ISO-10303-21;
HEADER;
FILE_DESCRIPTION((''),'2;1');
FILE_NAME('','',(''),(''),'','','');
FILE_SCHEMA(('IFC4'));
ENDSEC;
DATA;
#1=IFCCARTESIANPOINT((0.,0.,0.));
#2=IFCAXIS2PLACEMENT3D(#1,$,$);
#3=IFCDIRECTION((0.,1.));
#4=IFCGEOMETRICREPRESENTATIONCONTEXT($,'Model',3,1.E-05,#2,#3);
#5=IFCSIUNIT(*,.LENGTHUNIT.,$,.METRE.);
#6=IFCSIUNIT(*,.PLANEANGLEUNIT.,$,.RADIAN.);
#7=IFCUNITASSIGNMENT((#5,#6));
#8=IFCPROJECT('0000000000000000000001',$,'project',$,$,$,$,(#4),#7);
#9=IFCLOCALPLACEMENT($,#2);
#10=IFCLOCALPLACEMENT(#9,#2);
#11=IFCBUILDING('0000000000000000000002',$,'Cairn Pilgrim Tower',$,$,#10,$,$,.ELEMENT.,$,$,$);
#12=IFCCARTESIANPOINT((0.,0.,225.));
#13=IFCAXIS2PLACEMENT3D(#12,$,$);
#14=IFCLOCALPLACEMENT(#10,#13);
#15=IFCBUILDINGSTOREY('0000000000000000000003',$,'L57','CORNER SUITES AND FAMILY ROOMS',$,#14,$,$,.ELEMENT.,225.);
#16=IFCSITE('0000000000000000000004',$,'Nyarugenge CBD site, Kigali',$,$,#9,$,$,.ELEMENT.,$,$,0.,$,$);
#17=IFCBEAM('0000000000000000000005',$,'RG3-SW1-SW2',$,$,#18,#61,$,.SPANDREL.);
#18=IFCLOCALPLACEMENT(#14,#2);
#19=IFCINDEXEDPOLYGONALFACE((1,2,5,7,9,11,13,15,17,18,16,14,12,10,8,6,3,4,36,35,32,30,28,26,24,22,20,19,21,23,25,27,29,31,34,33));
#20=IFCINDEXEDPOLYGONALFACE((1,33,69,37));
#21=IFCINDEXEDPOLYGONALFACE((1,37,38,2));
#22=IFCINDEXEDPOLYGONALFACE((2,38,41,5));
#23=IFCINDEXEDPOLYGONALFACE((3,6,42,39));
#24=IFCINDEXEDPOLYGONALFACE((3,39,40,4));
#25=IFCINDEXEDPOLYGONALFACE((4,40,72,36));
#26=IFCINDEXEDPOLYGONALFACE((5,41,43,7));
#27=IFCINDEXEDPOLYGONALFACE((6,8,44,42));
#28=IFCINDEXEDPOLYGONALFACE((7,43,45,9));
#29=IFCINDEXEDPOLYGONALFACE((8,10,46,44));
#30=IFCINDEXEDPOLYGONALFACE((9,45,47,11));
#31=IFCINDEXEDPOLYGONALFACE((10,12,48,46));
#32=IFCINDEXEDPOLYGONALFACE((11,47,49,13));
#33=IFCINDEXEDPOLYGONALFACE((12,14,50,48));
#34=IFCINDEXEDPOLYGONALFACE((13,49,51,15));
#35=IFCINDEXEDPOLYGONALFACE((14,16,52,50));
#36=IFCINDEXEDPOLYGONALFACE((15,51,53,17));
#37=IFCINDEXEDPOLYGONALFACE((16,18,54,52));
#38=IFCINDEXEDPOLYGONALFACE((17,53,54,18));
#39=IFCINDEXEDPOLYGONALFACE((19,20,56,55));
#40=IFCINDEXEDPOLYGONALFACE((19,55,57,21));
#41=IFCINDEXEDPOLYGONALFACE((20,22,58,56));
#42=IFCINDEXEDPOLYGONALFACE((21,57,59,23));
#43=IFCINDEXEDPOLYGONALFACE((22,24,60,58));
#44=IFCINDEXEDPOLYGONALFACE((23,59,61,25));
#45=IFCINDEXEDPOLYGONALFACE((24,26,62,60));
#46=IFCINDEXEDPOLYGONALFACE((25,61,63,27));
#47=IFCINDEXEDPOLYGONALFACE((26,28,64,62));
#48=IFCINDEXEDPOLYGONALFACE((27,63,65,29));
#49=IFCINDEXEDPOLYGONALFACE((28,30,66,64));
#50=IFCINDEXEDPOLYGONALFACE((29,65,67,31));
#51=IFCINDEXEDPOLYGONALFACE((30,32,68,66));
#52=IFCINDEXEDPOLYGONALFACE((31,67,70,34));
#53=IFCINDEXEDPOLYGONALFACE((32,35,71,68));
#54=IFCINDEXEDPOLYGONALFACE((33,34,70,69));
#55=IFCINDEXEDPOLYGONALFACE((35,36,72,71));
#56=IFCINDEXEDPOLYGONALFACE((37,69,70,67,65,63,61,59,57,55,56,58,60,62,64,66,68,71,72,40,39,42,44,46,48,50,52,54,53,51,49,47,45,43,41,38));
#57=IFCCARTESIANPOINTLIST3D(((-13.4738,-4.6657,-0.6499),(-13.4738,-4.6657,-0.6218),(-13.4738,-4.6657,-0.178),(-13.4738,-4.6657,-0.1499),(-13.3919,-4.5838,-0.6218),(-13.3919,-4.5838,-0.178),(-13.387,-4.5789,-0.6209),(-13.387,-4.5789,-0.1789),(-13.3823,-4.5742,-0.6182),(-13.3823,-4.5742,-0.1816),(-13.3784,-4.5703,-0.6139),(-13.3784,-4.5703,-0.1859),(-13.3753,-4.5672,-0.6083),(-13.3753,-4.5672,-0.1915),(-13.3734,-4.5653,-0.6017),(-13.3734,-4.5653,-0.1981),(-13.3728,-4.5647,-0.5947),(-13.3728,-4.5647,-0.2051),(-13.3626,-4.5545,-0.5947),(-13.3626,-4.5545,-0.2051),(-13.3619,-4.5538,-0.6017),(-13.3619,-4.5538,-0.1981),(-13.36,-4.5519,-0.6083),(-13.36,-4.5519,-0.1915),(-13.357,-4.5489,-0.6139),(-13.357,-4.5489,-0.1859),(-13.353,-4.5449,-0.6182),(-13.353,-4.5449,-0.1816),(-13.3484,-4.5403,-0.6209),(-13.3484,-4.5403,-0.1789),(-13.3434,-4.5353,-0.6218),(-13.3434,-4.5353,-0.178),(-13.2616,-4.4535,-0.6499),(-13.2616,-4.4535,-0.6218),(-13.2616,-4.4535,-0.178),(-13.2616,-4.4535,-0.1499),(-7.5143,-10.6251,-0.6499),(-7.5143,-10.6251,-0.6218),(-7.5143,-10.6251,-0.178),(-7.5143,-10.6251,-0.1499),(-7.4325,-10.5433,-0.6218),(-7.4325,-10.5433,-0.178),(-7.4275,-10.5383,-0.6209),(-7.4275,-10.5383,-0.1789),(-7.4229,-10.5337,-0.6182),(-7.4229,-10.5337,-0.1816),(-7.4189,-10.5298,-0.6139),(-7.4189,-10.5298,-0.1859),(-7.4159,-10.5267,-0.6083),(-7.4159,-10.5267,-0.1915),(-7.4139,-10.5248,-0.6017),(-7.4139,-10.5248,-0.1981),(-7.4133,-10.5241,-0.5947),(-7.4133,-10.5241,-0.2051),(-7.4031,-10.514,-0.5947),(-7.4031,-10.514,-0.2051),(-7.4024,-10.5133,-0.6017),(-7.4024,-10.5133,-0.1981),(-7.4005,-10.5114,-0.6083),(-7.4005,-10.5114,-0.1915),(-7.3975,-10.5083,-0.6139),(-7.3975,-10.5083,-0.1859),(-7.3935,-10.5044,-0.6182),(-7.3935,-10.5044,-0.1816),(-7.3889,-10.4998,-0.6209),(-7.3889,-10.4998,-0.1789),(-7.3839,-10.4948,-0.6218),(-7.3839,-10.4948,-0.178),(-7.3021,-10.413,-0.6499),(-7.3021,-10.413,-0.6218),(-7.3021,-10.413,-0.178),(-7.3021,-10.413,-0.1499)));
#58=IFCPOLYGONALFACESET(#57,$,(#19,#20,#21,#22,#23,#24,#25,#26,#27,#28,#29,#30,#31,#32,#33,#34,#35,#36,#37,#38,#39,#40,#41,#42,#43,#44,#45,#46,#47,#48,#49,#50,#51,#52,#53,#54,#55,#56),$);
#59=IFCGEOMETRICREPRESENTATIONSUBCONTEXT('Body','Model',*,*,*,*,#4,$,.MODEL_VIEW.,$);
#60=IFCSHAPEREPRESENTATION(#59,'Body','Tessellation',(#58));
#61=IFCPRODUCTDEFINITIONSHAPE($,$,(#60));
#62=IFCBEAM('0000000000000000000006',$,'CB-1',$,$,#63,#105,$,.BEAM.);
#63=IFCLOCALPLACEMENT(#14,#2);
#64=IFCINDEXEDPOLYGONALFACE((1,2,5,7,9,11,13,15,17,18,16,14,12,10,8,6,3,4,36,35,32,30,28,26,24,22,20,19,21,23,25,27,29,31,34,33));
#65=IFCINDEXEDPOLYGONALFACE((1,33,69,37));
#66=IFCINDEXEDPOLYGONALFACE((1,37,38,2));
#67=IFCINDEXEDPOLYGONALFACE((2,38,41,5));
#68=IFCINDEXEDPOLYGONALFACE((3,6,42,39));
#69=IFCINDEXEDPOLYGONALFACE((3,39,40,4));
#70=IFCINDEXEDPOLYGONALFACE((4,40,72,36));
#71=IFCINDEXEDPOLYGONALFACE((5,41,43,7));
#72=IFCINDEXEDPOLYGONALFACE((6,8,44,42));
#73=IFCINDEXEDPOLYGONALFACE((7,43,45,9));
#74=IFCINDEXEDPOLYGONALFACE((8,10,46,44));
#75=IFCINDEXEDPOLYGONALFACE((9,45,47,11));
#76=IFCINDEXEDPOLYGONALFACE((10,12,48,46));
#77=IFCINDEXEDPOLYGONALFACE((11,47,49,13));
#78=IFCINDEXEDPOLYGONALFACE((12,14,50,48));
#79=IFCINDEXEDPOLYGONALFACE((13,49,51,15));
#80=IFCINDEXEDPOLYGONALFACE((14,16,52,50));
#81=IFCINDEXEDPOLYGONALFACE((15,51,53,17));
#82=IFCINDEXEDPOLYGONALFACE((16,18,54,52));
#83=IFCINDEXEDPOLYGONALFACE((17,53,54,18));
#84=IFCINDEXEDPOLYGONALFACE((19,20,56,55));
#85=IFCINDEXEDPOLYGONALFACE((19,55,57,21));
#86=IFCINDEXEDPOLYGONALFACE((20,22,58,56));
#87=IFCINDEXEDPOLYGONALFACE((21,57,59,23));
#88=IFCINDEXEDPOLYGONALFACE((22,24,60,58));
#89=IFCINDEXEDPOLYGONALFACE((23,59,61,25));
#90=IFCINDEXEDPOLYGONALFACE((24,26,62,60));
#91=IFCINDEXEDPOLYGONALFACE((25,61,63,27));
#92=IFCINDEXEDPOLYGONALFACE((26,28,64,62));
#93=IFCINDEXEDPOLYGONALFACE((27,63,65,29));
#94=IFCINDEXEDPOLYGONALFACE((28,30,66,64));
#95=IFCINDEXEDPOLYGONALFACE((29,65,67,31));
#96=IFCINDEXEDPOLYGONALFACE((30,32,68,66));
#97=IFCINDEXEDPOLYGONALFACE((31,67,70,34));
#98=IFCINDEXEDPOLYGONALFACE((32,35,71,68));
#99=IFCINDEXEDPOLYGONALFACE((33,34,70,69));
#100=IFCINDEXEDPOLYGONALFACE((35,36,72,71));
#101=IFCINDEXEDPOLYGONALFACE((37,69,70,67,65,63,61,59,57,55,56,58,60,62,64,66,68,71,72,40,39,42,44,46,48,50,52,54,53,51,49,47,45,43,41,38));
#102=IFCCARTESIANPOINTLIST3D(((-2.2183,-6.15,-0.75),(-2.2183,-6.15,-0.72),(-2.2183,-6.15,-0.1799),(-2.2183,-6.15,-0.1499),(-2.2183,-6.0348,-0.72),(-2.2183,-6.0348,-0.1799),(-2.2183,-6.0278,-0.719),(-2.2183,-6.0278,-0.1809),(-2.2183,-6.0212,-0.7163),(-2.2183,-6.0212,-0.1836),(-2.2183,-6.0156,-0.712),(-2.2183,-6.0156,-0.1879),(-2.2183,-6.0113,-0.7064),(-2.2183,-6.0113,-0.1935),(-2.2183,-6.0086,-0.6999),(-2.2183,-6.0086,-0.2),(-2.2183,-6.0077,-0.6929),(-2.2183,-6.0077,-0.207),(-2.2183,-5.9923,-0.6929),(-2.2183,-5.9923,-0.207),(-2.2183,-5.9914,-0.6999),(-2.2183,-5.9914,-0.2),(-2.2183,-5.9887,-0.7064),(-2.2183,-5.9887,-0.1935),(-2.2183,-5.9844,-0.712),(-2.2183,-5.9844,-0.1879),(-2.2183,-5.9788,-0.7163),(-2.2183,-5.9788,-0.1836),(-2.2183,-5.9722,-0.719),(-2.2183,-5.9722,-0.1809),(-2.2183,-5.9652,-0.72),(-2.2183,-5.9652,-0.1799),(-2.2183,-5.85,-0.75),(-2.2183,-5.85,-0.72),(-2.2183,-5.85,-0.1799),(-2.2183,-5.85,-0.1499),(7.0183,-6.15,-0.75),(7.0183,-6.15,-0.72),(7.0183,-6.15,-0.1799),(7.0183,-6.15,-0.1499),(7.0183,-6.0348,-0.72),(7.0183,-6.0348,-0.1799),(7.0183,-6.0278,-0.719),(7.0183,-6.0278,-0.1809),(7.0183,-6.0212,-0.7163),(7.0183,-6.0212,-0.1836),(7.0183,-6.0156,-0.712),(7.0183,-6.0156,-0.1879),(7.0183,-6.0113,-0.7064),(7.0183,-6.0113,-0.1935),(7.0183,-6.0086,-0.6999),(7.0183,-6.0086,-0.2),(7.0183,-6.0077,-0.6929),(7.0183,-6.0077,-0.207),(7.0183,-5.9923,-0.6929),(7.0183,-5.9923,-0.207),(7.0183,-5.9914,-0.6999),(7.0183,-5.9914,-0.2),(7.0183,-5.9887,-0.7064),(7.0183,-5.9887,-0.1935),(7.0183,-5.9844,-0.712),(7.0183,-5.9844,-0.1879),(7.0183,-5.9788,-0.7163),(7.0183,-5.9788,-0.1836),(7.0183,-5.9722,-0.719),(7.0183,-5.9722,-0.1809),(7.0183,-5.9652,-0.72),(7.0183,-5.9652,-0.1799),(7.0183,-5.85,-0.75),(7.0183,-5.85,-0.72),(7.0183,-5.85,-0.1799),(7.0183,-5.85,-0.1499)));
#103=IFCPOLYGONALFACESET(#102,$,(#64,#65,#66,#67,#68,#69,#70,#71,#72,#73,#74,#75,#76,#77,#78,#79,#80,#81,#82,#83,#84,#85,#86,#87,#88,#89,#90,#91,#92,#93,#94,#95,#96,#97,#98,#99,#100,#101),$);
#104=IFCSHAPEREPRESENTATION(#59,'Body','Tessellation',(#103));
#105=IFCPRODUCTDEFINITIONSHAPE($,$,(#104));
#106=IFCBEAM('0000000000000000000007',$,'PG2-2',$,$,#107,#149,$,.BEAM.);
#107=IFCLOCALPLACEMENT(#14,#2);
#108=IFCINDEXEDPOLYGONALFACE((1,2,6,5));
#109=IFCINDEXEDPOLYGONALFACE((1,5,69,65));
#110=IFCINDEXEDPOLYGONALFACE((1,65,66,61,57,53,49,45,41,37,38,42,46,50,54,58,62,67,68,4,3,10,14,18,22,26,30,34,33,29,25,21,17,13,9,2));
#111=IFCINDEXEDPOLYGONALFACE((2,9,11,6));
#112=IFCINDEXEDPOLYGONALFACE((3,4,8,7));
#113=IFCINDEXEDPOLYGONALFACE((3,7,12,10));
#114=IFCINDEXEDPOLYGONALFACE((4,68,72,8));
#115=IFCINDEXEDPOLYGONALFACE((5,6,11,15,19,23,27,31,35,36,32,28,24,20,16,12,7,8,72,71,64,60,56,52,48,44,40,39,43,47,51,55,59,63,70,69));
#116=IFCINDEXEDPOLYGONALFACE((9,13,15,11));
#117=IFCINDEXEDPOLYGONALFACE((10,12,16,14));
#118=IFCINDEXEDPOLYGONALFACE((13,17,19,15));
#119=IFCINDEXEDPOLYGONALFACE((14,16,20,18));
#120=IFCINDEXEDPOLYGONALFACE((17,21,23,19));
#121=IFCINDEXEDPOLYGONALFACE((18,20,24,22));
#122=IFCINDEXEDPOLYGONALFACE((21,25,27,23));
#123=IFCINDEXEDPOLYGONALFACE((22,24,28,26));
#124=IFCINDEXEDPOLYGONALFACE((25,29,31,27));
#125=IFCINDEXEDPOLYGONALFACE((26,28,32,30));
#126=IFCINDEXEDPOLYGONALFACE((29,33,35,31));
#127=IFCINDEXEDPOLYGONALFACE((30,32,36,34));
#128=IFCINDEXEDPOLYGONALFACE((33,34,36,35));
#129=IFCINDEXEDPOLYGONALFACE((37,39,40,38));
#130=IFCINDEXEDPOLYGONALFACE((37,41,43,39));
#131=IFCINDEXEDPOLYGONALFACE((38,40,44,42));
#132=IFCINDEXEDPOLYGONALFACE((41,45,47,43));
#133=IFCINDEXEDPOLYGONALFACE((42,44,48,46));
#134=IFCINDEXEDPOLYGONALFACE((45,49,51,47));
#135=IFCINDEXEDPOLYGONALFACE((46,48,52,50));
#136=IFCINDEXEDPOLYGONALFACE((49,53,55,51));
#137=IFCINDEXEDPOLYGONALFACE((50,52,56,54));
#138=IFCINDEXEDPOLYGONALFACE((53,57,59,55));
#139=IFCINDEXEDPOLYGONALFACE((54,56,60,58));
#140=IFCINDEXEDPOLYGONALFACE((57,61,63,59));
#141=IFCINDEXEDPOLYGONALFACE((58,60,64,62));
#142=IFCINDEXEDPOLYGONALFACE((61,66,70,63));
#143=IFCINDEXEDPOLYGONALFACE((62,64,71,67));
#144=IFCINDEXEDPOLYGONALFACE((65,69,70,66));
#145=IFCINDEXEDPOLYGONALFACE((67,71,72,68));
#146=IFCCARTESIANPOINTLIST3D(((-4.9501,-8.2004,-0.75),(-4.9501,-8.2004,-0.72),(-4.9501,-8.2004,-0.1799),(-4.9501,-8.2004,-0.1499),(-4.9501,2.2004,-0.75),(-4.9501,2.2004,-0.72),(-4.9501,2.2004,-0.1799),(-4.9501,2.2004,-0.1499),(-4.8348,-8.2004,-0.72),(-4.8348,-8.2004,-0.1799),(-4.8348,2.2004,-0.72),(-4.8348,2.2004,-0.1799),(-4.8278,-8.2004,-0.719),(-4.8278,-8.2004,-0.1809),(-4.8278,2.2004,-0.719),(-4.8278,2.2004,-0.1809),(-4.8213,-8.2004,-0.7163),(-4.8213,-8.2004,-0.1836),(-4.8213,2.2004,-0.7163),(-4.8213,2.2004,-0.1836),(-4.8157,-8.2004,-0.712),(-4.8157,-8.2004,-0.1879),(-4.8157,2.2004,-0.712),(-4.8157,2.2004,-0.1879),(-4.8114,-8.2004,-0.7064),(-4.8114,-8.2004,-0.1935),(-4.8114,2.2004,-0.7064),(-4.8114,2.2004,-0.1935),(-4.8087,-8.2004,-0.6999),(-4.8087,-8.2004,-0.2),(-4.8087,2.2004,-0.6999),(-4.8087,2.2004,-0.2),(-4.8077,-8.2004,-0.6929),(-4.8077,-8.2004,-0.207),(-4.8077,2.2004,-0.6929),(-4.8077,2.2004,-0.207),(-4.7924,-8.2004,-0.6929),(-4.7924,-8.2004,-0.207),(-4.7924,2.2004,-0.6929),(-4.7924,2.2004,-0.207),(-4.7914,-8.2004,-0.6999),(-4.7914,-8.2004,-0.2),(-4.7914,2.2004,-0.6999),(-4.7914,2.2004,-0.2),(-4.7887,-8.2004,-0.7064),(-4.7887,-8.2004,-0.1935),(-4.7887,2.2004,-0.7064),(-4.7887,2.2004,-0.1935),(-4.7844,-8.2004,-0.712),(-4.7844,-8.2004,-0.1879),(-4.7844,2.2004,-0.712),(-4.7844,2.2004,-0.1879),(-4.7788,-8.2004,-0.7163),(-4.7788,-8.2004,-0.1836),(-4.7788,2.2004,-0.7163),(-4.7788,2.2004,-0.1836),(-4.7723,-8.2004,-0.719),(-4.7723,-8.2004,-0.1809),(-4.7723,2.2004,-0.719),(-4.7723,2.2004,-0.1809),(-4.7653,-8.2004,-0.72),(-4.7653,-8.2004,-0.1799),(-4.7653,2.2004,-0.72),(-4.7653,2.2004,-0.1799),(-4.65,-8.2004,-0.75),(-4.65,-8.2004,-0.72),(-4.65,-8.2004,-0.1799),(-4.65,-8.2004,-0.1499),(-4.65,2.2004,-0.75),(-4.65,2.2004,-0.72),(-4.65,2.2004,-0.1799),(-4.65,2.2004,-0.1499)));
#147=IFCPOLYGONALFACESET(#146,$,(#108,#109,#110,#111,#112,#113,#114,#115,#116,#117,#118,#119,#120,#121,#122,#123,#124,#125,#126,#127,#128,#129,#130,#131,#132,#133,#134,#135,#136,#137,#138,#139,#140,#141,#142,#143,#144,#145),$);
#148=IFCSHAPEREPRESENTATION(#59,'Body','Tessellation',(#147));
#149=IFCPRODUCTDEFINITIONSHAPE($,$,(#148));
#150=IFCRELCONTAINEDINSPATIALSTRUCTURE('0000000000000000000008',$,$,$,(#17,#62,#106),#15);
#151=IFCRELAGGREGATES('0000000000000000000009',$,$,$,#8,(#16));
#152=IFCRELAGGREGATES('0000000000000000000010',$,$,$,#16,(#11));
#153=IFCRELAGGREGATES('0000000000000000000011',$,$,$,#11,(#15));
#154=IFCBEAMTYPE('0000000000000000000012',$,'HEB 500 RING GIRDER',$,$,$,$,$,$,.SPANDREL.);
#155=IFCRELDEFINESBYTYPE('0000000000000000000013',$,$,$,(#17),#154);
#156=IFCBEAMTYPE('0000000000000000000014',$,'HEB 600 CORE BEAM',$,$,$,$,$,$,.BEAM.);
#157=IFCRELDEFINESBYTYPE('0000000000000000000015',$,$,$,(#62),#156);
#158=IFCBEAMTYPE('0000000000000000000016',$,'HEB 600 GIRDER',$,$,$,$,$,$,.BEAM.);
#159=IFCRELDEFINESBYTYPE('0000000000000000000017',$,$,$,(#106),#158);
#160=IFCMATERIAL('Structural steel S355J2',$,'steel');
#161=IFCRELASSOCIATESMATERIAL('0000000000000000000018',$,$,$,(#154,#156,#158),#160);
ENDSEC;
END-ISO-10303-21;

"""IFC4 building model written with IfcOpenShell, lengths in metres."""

from ifc_helpers import new_model, si_unit, direction, frame, origin, origin_2d, place, context, subcontext, project, spatial, i_section, extrude, material, material_profile, profile_set, type_object, element, save


model = new_model("IFC4")

# Units and contexts
model_context = context("Model", 3, precision=1e-05, world=origin(), true_north=direction((0.0, 1.0)))
body_context = subcontext(model_context, "Body", "Model", "MODEL_VIEW")
ifc_project = project(units=[si_unit("LENGTHUNIT", "METRE"), si_unit("PLANEANGLEUNIT", "RADIAN")], contexts=[model_context])

# Site, building, storey
site_placement = place(None, origin())
site = spatial("IfcSite", under=ifc_project, at=site_placement, Name="Nyarugenge CBD site, Kigali", CompositionType="ELEMENT", RefElevation=0.0)
building_placement = place(site_placement, origin())
building = spatial("IfcBuilding", under=site, at=building_placement, Name="Cairn Pilgrim Tower", CompositionType="ELEMENT")
storey_placement = place(building_placement, frame((0.0, 0.0, 225.0)))
storey = spatial("IfcBuildingStorey", under=building, at=storey_placement, Name="L57", Description="CORNER SUITES AND FAMILY ROOMS", CompositionType="ELEMENT", Elevation=225.0)

# Shared definitions
ifc_material_1 = material(Name="Structural steel S355J2", Category="steel")

# Beams
ifc_material_profile_1 = material_profile(ifc_material_1, i_section(OverallWidth=0.3, OverallDepth=0.5, WebThickness=0.0144, FlangeThickness=0.0281, FilletRadius=0.0271, at=origin_2d()), Name="HEB 500")
ifc_profile_set_1 = profile_set([ifc_material_profile_1], Name="Structural steel S355J2")
beam_type_1 = type_object("IfcBeamType", Name="HEB 500 RING GIRDER", PredefinedType="SPANDREL", material=ifc_profile_set_1)
beam_1_placement = place(storey_placement, frame((-13.3677, -4.5596, -0.3999), z_axis=(0.707107, -0.707107, 0.0), x_axis=(0.707107, 0.707107, 0.0)))
element("IfcBeam", 1, at=beam_1_placement, inside=storey, type_object=beam_type_1, Name="RG3-SW1-SW2", PredefinedType="SPANDREL", context=body_context, shape_type="SweptSolid", body=[
    extrude(i_section(OverallWidth=0.3, OverallDepth=0.5, WebThickness=0.0144, FlangeThickness=0.0281, FilletRadius=0.0271, at=origin_2d()), origin(), (0.0, 0.0, 1.0), 8.428),
])
ifc_material_profile_2 = material_profile(ifc_material_1, i_section(OverallWidth=0.3, OverallDepth=0.6001, WebThickness=0.0154, FlangeThickness=0.03, FilletRadius=0.0271, at=origin_2d()), Name="HEB 600")
ifc_profile_set_2 = profile_set([ifc_material_profile_2], Name="Structural steel S355J2")
beam_type_2 = type_object("IfcBeamType", Name="HEB 600 CORE BEAM", PredefinedType="BEAM", material=ifc_profile_set_2)
beam_2_placement = place(storey_placement, frame((-2.2183, -6.0, -0.45), z_axis=(1.0, 0.0, 0.0), x_axis=(0.0, 1.0, 0.0)))
element("IfcBeam", 2, at=beam_2_placement, inside=storey, type_object=beam_type_2, Name="CB-1", PredefinedType="BEAM", context=body_context, shape_type="SweptSolid", body=[
    extrude(i_section(OverallWidth=0.3, OverallDepth=0.6001, WebThickness=0.0154, FlangeThickness=0.03, FilletRadius=0.0271, at=origin_2d()), origin(), (0.0, 0.0, 1.0), 9.2366),
])
ifc_material_profile_3 = material_profile(ifc_material_1, i_section(OverallWidth=0.3, OverallDepth=0.6001, WebThickness=0.0154, FlangeThickness=0.03, FilletRadius=0.0271, at=origin_2d()), Name="HEB 600")
ifc_profile_set_3 = profile_set([ifc_material_profile_3], Name="Structural steel S355J2")
beam_type_3 = type_object("IfcBeamType", Name="HEB 600 GIRDER", PredefinedType="BEAM", material=ifc_profile_set_3)
beam_3_placement = place(storey_placement, frame((-4.8, -8.2004, -0.45), z_axis=(0.0, 1.0, 0.0), x_axis=(-1.0, 0.0, 0.0)))
element("IfcBeam", 3, at=beam_3_placement, inside=storey, type_object=beam_type_3, Name="PG2-2", PredefinedType="BEAM", context=body_context, shape_type="SweptSolid", body=[
    extrude(i_section(OverallWidth=0.3, OverallDepth=0.6001, WebThickness=0.0154, FlangeThickness=0.03, FilletRadius=0.0271, at=origin_2d()), origin(), (0.0, 0.0, 1.0), 10.4009),
])

save(model, "model.ifc")
